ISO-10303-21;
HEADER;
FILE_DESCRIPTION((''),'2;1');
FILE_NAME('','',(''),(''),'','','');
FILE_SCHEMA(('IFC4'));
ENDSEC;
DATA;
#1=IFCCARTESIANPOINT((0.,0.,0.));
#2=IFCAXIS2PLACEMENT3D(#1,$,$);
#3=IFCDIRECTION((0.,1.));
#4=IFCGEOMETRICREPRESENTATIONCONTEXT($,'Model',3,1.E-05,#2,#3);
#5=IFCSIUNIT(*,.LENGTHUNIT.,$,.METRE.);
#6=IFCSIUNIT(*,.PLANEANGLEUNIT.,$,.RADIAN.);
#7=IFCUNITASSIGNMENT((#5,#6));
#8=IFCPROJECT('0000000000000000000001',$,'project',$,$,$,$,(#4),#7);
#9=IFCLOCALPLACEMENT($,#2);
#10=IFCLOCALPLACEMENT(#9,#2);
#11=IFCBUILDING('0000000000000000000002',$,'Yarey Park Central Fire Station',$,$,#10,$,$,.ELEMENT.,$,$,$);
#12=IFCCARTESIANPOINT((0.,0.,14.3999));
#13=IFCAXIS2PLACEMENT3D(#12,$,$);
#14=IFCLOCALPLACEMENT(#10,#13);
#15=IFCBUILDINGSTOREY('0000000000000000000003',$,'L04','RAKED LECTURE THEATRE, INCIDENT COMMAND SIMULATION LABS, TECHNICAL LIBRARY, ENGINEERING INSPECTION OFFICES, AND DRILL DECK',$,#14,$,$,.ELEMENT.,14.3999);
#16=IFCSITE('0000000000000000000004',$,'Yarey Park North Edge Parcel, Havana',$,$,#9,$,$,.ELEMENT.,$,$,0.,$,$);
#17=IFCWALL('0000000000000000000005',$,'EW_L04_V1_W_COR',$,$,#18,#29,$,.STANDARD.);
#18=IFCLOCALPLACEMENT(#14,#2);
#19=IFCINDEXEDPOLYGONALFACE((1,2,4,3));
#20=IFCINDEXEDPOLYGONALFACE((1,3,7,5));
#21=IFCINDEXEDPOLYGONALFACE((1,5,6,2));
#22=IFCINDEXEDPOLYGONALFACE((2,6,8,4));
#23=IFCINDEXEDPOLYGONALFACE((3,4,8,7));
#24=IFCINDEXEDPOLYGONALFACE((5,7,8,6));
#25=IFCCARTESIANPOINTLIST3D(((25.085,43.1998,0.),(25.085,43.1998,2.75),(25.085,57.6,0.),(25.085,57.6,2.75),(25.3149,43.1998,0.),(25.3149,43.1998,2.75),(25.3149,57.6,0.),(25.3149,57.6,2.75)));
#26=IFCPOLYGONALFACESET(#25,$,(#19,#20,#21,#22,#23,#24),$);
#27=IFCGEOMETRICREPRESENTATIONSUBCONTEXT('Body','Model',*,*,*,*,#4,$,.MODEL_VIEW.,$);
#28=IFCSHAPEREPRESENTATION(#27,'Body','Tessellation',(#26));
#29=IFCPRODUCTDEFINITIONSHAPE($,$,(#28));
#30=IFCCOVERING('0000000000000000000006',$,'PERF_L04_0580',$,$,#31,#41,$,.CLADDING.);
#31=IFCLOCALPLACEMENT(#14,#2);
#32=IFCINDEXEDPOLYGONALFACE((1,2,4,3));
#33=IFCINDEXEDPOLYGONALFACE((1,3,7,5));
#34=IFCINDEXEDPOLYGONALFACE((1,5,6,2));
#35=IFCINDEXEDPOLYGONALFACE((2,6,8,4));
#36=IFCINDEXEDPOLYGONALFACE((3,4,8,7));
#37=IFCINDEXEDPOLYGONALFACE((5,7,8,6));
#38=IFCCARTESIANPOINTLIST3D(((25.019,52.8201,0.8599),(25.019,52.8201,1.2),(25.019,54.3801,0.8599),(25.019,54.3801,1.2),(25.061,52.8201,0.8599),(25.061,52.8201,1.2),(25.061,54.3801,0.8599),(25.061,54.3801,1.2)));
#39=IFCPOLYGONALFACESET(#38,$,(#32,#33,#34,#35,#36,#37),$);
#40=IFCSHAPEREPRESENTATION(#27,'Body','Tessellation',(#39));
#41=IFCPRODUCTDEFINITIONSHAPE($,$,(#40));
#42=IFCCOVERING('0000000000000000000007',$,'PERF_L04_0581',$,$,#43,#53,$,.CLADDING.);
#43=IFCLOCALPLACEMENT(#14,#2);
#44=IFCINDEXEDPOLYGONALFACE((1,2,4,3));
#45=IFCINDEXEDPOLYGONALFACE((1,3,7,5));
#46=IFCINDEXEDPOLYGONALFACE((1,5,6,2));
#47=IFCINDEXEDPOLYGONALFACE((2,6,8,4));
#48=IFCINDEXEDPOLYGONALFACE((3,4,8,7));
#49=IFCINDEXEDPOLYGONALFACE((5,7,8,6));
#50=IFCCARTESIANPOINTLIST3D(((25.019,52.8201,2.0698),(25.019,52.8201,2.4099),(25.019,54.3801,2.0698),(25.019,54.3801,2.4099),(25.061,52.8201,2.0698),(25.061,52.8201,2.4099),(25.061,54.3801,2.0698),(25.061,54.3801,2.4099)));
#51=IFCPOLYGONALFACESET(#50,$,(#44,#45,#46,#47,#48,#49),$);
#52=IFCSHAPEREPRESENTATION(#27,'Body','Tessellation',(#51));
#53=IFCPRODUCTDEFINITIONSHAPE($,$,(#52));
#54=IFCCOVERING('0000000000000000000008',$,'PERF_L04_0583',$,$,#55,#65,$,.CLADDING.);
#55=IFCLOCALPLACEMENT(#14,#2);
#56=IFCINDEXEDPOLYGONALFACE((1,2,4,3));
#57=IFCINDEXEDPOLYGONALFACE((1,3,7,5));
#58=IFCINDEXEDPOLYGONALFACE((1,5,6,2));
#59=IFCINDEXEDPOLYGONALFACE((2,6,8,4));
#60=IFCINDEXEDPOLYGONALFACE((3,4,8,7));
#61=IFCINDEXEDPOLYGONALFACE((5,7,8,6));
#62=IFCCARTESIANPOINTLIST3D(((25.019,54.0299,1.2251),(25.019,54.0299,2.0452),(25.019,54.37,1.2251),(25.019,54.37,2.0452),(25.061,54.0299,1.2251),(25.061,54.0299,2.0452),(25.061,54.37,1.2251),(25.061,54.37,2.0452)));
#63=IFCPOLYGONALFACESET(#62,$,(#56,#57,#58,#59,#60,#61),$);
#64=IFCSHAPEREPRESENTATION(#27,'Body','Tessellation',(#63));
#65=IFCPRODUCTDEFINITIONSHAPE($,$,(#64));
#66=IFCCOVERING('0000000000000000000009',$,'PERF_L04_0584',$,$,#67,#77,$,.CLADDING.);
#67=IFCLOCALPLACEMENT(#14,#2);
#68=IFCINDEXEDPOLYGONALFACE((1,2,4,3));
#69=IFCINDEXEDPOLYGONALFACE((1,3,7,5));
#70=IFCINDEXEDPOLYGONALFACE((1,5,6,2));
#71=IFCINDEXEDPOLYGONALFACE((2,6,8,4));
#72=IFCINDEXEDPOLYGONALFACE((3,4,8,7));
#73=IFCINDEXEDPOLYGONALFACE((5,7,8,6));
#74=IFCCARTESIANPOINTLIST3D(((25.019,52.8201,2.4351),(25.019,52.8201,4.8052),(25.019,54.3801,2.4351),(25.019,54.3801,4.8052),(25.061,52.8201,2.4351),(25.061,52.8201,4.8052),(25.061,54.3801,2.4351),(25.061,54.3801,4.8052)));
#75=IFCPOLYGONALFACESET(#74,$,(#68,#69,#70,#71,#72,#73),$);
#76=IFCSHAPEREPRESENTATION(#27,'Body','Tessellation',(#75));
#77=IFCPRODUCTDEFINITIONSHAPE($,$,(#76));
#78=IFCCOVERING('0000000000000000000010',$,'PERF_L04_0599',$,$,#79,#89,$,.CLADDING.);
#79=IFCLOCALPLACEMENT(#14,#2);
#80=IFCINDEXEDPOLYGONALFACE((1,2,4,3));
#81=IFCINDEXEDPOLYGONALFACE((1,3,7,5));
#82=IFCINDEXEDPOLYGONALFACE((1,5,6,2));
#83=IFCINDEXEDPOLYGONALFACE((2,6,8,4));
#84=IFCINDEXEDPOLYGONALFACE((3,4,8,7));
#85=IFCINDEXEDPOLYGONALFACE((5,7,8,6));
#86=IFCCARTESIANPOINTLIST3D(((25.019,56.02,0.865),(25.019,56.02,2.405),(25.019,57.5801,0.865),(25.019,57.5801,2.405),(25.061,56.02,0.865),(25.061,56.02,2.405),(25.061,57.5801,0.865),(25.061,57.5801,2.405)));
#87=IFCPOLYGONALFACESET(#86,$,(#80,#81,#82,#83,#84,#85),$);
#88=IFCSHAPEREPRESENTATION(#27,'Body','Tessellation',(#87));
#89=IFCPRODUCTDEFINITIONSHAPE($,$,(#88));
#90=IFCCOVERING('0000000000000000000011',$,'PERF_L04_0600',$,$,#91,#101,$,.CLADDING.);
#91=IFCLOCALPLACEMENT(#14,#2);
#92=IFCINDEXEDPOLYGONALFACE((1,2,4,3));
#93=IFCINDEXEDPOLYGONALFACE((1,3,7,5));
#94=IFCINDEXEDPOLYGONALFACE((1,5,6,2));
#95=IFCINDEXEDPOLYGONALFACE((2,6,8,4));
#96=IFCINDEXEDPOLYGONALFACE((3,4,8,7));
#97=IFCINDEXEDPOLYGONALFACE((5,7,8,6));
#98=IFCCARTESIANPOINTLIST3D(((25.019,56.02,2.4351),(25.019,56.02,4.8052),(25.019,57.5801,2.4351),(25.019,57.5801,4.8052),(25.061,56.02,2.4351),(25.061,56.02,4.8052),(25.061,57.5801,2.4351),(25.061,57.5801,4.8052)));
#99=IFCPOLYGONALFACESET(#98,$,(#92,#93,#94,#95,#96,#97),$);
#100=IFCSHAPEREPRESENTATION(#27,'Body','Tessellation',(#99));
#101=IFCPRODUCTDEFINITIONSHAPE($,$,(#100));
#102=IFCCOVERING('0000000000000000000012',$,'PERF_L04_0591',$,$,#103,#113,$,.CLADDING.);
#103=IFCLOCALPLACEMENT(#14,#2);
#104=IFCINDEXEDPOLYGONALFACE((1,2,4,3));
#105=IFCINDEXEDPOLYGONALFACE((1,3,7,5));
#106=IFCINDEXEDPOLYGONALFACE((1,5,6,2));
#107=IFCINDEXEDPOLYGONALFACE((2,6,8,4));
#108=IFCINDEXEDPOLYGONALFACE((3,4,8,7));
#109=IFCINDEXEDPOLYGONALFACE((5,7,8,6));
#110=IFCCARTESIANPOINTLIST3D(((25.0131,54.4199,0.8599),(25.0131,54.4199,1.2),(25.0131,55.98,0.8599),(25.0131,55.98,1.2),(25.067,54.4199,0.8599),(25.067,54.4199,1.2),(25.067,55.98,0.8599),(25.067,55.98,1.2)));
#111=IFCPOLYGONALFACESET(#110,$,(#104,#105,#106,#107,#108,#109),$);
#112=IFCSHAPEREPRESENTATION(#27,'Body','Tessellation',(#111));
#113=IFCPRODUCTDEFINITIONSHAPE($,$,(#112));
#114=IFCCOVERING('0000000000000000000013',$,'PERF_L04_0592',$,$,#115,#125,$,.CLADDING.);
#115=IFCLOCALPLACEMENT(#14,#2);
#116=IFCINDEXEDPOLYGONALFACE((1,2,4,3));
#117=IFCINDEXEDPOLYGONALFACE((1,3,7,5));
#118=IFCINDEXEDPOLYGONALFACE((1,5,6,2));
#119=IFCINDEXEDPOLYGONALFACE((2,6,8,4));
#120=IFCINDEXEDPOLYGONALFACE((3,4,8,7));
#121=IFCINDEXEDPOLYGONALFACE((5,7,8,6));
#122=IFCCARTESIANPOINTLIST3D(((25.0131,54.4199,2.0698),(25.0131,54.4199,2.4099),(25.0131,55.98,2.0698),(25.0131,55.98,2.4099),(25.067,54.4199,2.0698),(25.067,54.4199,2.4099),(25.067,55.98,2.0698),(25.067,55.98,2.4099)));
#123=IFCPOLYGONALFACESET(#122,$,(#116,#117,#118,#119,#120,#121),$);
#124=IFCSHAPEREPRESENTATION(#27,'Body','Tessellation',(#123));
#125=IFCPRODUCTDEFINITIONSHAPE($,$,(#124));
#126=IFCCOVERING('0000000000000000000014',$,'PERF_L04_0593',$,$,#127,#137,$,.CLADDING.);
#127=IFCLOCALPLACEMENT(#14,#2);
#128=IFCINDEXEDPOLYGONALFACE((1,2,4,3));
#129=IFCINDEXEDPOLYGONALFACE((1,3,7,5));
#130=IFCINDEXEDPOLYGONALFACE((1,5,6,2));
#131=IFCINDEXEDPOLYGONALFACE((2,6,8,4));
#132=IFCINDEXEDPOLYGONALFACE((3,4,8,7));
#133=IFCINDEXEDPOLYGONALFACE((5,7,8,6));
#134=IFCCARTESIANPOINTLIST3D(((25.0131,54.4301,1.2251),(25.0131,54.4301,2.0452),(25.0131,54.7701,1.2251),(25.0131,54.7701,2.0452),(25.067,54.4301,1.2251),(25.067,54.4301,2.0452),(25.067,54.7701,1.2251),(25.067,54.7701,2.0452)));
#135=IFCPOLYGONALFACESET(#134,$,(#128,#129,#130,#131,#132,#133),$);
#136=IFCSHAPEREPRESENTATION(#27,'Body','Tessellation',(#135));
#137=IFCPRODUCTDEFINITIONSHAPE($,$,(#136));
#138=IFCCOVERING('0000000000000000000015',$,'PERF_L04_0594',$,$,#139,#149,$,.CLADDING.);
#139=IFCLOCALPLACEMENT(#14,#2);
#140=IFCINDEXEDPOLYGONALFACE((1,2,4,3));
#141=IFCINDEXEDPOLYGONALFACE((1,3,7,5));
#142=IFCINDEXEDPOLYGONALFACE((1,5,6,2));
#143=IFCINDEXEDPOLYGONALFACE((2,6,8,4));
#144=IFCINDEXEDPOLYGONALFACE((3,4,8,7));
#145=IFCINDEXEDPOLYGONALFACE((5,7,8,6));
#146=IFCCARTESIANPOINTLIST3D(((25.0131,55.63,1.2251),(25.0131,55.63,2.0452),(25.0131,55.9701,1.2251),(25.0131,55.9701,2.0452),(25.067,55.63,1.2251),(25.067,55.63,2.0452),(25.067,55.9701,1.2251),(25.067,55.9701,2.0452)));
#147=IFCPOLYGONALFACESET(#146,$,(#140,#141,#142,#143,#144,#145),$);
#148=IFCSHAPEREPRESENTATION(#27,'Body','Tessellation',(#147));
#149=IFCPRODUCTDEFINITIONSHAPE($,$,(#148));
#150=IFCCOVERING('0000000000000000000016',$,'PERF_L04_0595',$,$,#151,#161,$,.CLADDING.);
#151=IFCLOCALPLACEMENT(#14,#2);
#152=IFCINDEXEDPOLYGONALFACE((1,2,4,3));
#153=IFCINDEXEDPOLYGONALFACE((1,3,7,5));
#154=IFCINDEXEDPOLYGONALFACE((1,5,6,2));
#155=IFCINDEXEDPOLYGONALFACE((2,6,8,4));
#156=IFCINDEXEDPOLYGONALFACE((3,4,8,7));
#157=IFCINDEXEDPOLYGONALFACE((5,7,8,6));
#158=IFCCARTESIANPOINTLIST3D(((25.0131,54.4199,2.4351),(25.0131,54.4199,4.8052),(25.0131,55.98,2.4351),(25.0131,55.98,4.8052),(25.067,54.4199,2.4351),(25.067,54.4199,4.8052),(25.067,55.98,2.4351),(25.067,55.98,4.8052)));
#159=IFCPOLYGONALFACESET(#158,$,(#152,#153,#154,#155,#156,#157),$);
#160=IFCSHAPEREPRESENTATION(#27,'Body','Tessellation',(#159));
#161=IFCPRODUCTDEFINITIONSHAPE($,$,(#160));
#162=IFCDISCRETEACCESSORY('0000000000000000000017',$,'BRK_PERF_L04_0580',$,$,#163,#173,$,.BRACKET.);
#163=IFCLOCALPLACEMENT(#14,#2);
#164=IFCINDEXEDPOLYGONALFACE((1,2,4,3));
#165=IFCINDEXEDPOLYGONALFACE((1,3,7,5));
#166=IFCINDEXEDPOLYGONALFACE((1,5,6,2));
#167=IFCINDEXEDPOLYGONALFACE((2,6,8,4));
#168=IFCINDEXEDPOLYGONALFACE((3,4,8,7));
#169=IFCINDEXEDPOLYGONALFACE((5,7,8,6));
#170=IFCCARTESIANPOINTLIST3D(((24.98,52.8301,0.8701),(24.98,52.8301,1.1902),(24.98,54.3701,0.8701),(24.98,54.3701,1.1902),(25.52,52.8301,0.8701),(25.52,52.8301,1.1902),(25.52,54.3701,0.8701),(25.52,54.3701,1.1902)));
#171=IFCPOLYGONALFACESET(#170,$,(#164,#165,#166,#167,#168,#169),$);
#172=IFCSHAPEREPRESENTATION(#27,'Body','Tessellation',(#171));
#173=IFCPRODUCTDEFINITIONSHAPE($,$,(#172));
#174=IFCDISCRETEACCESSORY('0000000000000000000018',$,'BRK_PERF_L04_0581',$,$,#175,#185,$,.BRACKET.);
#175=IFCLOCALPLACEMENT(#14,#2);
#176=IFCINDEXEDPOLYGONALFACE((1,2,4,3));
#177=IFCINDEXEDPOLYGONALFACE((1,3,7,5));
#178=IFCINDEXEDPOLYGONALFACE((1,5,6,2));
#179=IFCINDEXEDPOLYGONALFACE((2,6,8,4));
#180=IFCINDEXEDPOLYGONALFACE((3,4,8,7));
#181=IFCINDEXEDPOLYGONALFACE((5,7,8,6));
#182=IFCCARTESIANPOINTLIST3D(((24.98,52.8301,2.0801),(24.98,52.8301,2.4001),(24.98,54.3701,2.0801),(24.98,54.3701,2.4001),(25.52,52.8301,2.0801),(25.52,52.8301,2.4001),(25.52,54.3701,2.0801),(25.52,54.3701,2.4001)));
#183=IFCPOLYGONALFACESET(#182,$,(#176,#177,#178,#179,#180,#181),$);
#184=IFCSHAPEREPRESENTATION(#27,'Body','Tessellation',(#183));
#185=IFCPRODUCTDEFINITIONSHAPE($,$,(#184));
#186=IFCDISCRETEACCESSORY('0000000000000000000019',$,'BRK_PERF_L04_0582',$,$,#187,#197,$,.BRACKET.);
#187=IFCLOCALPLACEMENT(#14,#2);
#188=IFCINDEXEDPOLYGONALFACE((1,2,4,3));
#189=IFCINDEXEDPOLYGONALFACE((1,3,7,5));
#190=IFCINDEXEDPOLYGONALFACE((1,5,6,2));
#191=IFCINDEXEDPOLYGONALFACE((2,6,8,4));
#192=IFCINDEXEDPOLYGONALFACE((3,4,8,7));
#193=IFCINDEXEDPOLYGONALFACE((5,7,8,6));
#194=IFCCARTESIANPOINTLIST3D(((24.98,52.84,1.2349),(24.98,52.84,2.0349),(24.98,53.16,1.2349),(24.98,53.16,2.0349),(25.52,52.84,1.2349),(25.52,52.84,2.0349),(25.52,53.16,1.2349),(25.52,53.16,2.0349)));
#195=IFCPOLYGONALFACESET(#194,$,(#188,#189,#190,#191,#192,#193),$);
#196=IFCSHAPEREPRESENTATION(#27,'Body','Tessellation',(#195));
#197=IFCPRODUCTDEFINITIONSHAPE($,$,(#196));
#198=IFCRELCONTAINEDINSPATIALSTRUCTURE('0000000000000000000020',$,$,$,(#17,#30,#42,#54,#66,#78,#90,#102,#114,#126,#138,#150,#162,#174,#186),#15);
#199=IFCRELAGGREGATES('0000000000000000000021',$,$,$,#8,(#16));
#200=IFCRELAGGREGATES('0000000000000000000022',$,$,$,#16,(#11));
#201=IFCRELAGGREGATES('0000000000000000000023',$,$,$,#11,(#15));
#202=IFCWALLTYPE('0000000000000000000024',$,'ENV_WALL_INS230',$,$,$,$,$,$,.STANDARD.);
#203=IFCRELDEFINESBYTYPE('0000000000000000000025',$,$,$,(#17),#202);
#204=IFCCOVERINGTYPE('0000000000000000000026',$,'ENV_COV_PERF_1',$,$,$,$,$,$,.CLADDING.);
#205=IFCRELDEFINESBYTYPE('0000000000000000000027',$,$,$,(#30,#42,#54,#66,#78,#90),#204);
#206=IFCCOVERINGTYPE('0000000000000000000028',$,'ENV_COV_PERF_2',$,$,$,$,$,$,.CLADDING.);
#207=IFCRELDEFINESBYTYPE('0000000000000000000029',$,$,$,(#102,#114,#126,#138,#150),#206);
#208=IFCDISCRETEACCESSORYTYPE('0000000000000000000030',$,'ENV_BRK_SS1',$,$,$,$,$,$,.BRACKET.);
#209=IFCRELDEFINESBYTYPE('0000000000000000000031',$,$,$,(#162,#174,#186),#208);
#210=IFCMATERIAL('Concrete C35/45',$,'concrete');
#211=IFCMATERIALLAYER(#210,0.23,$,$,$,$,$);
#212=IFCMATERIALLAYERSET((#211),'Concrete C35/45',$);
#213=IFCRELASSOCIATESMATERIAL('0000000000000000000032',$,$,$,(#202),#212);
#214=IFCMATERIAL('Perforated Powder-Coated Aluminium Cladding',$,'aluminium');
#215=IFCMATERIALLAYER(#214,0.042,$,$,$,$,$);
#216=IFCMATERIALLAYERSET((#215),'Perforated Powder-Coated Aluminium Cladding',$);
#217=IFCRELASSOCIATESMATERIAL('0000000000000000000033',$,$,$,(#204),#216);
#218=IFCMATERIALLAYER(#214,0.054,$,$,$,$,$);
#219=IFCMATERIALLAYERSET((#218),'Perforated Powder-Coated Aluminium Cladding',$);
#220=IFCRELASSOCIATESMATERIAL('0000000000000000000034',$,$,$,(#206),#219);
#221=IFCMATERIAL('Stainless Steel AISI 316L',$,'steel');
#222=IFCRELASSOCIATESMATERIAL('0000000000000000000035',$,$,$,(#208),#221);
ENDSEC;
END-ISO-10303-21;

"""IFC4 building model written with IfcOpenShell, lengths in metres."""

from ifc_helpers import new_model, si_unit, direction, frame, frame_2d, origin, origin_2d, place, context, subcontext, project, spatial, rectangle, extrude, material, layer, layer_set, type_object, element, save


model = new_model("IFC4")

# Units and contexts
model_context = context("Model", 3, precision=1e-05, world=origin(), true_north=direction((0.0, 1.0)))
body_context = subcontext(model_context, "Body", "Model", "MODEL_VIEW")
ifc_project = project(units=[si_unit("LENGTHUNIT", "METRE"), si_unit("PLANEANGLEUNIT", "RADIAN")], contexts=[model_context])

# Site, building, storey
site_placement = place(None, origin())
site = spatial("IfcSite", under=ifc_project, at=site_placement, Name="Yarey Park North Edge Parcel, Havana", CompositionType="ELEMENT", RefElevation=0.0)
building_placement = place(site_placement, origin())
building = spatial("IfcBuilding", under=site, at=building_placement, Name="Yarey Park Central Fire Station", CompositionType="ELEMENT")
storey_placement = place(building_placement, frame((0.0, 0.0, 14.3999)))
storey = spatial("IfcBuildingStorey", under=building, at=storey_placement, Name="L04", Description="RAKED LECTURE THEATRE, INCIDENT COMMAND SIMULATION LABS, TECHNICAL LIBRARY, ENGINEERING INSPECTION OFFICES, AND DRILL DECK", CompositionType="ELEMENT", Elevation=14.3999)

# Wall
ifc_material_1 = material(Name="Concrete C35/45", Category="concrete")
ifc_layer_1 = layer(ifc_material_1, 0.23)
ifc_layer_set_1 = layer_set([ifc_layer_1], Name="Concrete C35/45")
wall_type = type_object("IfcWallType", Name="ENV_WALL_INS230", PredefinedType="STANDARD", material=ifc_layer_set_1)
wall_placement = place(storey_placement, frame((25.2, 57.6001, 0.0), z_axis=(0.0, 0.0, 1.0), x_axis=(0.0, -1.0, 0.0)))
element("IfcWall", 1, at=wall_placement, inside=storey, type_object=wall_type, Name="EW_L04_V1_W_COR", PredefinedType="STANDARD", context=body_context, shape_type="SweptSolid", body=[
    extrude(rectangle(XDim=14.4001, YDim=0.23, at=frame_2d((7.2002, 0.0))), origin(), (0.0, 0.0, 1.0), 2.75),
])

# Coverings
ifc_material_2 = material(Name="Perforated Powder-Coated Aluminium Cladding", Category="aluminium")
ifc_layer_2 = layer(ifc_material_2, 0.042)
ifc_layer_set_2 = layer_set([ifc_layer_2], Name="Perforated Powder-Coated Aluminium Cladding")
covering_type_1 = type_object("IfcCoveringType", Name="ENV_COV_PERF_1", PredefinedType="CLADDING", material=ifc_layer_set_2)
for number, where, z_axis, x_axis, name in (
    (2, (25.04, 53.6001, 0.8599), (0.0, 0.0, 1.0), (0.0, 1.0, 0.0), "PERF_L04_0580"),
    (3, (25.04, 53.6001, 2.0698), (0.0, 0.0, 1.0), (0.0, 1.0, 0.0), "PERF_L04_0581"),
):
    element("IfcCovering", number, at=place(storey_placement, frame(where, z_axis=z_axis, x_axis=x_axis)), inside=storey, type_object=covering_type_1, Name=name, PredefinedType="CLADDING", context=body_context, shape_type="SweptSolid", body=[
        extrude(rectangle(XDim=1.5601, YDim=0.042, at=origin_2d()), origin(), (0.0, 0.0, 1.0), 0.3401),
    ])
covering_1_placement = place(storey_placement, frame((25.04, 54.2, 1.2251), z_axis=(0.0, 0.0, 1.0), x_axis=(0.0, 1.0, 0.0)))
element("IfcCovering", 4, at=covering_1_placement, inside=storey, type_object=covering_type_1, Name="PERF_L04_0583", PredefinedType="CLADDING", context=body_context, shape_type="SweptSolid", body=[
    extrude(rectangle(XDim=0.3401, YDim=0.042, at=origin_2d()), origin(), (0.0, 0.0, 1.0), 0.8201),
])
covering_2_placement = place(storey_placement, frame((25.04, 53.6001, 2.4351), z_axis=(0.0, 0.0, 1.0), x_axis=(0.0, 1.0, 0.0)))
element("IfcCovering", 5, at=covering_2_placement, inside=storey, type_object=covering_type_1, Name="PERF_L04_0584", PredefinedType="CLADDING", context=body_context, shape_type="SweptSolid", body=[
    extrude(rectangle(XDim=1.5601, YDim=0.042, at=origin_2d()), origin(), (0.0, 0.0, 1.0), 2.3701),
])
covering_3_placement = place(storey_placement, frame((25.04, 56.8, 0.865), z_axis=(0.0, 0.0, 1.0), x_axis=(0.0, 1.0, 0.0)))
element("IfcCovering", 6, at=covering_3_placement, inside=storey, type_object=covering_type_1, Name="PERF_L04_0599", PredefinedType="CLADDING", context=body_context, shape_type="SweptSolid", body=[
    extrude(rectangle(XDim=1.5601, YDim=0.042, at=origin_2d()), origin(), (0.0, 0.0, 1.0), 1.54),
])
covering_4_placement = place(storey_placement, frame((25.04, 56.8, 2.4351), z_axis=(0.0, 0.0, 1.0), x_axis=(0.0, 1.0, 0.0)))
element("IfcCovering", 7, at=covering_4_placement, inside=storey, type_object=covering_type_1, Name="PERF_L04_0600", PredefinedType="CLADDING", context=body_context, shape_type="SweptSolid", body=[
    extrude(rectangle(XDim=1.5601, YDim=0.042, at=origin_2d()), origin(), (0.0, 0.0, 1.0), 2.3701),
])
ifc_layer_3 = layer(ifc_material_2, 0.054)
ifc_layer_set_3 = layer_set([ifc_layer_3], Name="Perforated Powder-Coated Aluminium Cladding")
covering_type_2 = type_object("IfcCoveringType", Name="ENV_COV_PERF_2", PredefinedType="CLADDING", material=ifc_layer_set_3)
for number, where, z_axis, x_axis, name in (
    (8, (25.04, 55.2, 0.8599), (0.0, 0.0, 1.0), (0.0, 1.0, 0.0), "PERF_L04_0591"),
    (9, (25.04, 55.2, 2.0698), (0.0, 0.0, 1.0), (0.0, 1.0, 0.0), "PERF_L04_0592"),
):
    element("IfcCovering", number, at=place(storey_placement, frame(where, z_axis=z_axis, x_axis=x_axis)), inside=storey, type_object=covering_type_2, Name=name, PredefinedType="CLADDING", context=body_context, shape_type="SweptSolid", body=[
        extrude(rectangle(XDim=1.5601, YDim=0.054, at=origin_2d()), origin(), (0.0, 0.0, 1.0), 0.3401),
    ])
for number, where, z_axis, x_axis, name in (
    (10, (25.04, 54.6001, 1.2251), (0.0, 0.0, 1.0), (0.0, 1.0, 0.0), "PERF_L04_0593"),
    (11, (25.04, 55.8, 1.2251), (0.0, 0.0, 1.0), (0.0, 1.0, 0.0), "PERF_L04_0594"),
):
    element("IfcCovering", number, at=place(storey_placement, frame(where, z_axis=z_axis, x_axis=x_axis)), inside=storey, type_object=covering_type_2, Name=name, PredefinedType="CLADDING", context=body_context, shape_type="SweptSolid", body=[
        extrude(rectangle(XDim=0.3401, YDim=0.054, at=origin_2d()), origin(), (0.0, 0.0, 1.0), 0.8201),
    ])
covering_5_placement = place(storey_placement, frame((25.04, 55.2, 2.4351), z_axis=(0.0, 0.0, 1.0), x_axis=(0.0, 1.0, 0.0)))
element("IfcCovering", 12, at=covering_5_placement, inside=storey, type_object=covering_type_2, Name="PERF_L04_0595", PredefinedType="CLADDING", context=body_context, shape_type="SweptSolid", body=[
    extrude(rectangle(XDim=1.5601, YDim=0.054, at=origin_2d()), origin(), (0.0, 0.0, 1.0), 2.3701),
])

# Discrete accessories
ifc_material_3 = material(Name="Stainless Steel AISI 316L", Category="steel")
discrete_accessory_type = type_object("IfcDiscreteAccessoryType", Name="ENV_BRK_SS1", PredefinedType="BRACKET", material=ifc_material_3)
for number, where, z_axis, x_axis, name in (
    (13, (25.25, 53.6001, 0.8701), (0.0, 0.0, 1.0), (1.0, 0.0, 0.0), "BRK_PERF_L04_0580"),
    (14, (25.25, 53.6001, 2.0801), (0.0, 0.0, 1.0), (1.0, 0.0, 0.0), "BRK_PERF_L04_0581"),
):
    element("IfcDiscreteAccessory", number, at=place(storey_placement, frame(where, z_axis=z_axis, x_axis=x_axis)), inside=storey, type_object=discrete_accessory_type, Name=name, PredefinedType="BRACKET", context=body_context, shape_type="SweptSolid", body=[
        extrude(rectangle(XDim=0.54, YDim=1.54, at=origin_2d()), origin(), (0.0, 0.0, 1.0), 0.3201),
    ])
for number, where, z_axis, x_axis, name in (
    (15, (25.25, 53.0, 1.2349), (0.0, 0.0, 1.0), (1.0, 0.0, 0.0), "BRK_PERF_L04_0582"),
):
    element("IfcDiscreteAccessory", number, at=place(storey_placement, frame(where, z_axis=z_axis, x_axis=x_axis)), inside=storey, type_object=discrete_accessory_type, Name=name, PredefinedType="BRACKET", context=body_context, shape_type="SweptSolid", body=[
        extrude(rectangle(XDim=0.54, YDim=0.3201, at=origin_2d()), origin(), (0.0, 0.0, 1.0), 0.8),
    ])

save(model, "model.ifc")
